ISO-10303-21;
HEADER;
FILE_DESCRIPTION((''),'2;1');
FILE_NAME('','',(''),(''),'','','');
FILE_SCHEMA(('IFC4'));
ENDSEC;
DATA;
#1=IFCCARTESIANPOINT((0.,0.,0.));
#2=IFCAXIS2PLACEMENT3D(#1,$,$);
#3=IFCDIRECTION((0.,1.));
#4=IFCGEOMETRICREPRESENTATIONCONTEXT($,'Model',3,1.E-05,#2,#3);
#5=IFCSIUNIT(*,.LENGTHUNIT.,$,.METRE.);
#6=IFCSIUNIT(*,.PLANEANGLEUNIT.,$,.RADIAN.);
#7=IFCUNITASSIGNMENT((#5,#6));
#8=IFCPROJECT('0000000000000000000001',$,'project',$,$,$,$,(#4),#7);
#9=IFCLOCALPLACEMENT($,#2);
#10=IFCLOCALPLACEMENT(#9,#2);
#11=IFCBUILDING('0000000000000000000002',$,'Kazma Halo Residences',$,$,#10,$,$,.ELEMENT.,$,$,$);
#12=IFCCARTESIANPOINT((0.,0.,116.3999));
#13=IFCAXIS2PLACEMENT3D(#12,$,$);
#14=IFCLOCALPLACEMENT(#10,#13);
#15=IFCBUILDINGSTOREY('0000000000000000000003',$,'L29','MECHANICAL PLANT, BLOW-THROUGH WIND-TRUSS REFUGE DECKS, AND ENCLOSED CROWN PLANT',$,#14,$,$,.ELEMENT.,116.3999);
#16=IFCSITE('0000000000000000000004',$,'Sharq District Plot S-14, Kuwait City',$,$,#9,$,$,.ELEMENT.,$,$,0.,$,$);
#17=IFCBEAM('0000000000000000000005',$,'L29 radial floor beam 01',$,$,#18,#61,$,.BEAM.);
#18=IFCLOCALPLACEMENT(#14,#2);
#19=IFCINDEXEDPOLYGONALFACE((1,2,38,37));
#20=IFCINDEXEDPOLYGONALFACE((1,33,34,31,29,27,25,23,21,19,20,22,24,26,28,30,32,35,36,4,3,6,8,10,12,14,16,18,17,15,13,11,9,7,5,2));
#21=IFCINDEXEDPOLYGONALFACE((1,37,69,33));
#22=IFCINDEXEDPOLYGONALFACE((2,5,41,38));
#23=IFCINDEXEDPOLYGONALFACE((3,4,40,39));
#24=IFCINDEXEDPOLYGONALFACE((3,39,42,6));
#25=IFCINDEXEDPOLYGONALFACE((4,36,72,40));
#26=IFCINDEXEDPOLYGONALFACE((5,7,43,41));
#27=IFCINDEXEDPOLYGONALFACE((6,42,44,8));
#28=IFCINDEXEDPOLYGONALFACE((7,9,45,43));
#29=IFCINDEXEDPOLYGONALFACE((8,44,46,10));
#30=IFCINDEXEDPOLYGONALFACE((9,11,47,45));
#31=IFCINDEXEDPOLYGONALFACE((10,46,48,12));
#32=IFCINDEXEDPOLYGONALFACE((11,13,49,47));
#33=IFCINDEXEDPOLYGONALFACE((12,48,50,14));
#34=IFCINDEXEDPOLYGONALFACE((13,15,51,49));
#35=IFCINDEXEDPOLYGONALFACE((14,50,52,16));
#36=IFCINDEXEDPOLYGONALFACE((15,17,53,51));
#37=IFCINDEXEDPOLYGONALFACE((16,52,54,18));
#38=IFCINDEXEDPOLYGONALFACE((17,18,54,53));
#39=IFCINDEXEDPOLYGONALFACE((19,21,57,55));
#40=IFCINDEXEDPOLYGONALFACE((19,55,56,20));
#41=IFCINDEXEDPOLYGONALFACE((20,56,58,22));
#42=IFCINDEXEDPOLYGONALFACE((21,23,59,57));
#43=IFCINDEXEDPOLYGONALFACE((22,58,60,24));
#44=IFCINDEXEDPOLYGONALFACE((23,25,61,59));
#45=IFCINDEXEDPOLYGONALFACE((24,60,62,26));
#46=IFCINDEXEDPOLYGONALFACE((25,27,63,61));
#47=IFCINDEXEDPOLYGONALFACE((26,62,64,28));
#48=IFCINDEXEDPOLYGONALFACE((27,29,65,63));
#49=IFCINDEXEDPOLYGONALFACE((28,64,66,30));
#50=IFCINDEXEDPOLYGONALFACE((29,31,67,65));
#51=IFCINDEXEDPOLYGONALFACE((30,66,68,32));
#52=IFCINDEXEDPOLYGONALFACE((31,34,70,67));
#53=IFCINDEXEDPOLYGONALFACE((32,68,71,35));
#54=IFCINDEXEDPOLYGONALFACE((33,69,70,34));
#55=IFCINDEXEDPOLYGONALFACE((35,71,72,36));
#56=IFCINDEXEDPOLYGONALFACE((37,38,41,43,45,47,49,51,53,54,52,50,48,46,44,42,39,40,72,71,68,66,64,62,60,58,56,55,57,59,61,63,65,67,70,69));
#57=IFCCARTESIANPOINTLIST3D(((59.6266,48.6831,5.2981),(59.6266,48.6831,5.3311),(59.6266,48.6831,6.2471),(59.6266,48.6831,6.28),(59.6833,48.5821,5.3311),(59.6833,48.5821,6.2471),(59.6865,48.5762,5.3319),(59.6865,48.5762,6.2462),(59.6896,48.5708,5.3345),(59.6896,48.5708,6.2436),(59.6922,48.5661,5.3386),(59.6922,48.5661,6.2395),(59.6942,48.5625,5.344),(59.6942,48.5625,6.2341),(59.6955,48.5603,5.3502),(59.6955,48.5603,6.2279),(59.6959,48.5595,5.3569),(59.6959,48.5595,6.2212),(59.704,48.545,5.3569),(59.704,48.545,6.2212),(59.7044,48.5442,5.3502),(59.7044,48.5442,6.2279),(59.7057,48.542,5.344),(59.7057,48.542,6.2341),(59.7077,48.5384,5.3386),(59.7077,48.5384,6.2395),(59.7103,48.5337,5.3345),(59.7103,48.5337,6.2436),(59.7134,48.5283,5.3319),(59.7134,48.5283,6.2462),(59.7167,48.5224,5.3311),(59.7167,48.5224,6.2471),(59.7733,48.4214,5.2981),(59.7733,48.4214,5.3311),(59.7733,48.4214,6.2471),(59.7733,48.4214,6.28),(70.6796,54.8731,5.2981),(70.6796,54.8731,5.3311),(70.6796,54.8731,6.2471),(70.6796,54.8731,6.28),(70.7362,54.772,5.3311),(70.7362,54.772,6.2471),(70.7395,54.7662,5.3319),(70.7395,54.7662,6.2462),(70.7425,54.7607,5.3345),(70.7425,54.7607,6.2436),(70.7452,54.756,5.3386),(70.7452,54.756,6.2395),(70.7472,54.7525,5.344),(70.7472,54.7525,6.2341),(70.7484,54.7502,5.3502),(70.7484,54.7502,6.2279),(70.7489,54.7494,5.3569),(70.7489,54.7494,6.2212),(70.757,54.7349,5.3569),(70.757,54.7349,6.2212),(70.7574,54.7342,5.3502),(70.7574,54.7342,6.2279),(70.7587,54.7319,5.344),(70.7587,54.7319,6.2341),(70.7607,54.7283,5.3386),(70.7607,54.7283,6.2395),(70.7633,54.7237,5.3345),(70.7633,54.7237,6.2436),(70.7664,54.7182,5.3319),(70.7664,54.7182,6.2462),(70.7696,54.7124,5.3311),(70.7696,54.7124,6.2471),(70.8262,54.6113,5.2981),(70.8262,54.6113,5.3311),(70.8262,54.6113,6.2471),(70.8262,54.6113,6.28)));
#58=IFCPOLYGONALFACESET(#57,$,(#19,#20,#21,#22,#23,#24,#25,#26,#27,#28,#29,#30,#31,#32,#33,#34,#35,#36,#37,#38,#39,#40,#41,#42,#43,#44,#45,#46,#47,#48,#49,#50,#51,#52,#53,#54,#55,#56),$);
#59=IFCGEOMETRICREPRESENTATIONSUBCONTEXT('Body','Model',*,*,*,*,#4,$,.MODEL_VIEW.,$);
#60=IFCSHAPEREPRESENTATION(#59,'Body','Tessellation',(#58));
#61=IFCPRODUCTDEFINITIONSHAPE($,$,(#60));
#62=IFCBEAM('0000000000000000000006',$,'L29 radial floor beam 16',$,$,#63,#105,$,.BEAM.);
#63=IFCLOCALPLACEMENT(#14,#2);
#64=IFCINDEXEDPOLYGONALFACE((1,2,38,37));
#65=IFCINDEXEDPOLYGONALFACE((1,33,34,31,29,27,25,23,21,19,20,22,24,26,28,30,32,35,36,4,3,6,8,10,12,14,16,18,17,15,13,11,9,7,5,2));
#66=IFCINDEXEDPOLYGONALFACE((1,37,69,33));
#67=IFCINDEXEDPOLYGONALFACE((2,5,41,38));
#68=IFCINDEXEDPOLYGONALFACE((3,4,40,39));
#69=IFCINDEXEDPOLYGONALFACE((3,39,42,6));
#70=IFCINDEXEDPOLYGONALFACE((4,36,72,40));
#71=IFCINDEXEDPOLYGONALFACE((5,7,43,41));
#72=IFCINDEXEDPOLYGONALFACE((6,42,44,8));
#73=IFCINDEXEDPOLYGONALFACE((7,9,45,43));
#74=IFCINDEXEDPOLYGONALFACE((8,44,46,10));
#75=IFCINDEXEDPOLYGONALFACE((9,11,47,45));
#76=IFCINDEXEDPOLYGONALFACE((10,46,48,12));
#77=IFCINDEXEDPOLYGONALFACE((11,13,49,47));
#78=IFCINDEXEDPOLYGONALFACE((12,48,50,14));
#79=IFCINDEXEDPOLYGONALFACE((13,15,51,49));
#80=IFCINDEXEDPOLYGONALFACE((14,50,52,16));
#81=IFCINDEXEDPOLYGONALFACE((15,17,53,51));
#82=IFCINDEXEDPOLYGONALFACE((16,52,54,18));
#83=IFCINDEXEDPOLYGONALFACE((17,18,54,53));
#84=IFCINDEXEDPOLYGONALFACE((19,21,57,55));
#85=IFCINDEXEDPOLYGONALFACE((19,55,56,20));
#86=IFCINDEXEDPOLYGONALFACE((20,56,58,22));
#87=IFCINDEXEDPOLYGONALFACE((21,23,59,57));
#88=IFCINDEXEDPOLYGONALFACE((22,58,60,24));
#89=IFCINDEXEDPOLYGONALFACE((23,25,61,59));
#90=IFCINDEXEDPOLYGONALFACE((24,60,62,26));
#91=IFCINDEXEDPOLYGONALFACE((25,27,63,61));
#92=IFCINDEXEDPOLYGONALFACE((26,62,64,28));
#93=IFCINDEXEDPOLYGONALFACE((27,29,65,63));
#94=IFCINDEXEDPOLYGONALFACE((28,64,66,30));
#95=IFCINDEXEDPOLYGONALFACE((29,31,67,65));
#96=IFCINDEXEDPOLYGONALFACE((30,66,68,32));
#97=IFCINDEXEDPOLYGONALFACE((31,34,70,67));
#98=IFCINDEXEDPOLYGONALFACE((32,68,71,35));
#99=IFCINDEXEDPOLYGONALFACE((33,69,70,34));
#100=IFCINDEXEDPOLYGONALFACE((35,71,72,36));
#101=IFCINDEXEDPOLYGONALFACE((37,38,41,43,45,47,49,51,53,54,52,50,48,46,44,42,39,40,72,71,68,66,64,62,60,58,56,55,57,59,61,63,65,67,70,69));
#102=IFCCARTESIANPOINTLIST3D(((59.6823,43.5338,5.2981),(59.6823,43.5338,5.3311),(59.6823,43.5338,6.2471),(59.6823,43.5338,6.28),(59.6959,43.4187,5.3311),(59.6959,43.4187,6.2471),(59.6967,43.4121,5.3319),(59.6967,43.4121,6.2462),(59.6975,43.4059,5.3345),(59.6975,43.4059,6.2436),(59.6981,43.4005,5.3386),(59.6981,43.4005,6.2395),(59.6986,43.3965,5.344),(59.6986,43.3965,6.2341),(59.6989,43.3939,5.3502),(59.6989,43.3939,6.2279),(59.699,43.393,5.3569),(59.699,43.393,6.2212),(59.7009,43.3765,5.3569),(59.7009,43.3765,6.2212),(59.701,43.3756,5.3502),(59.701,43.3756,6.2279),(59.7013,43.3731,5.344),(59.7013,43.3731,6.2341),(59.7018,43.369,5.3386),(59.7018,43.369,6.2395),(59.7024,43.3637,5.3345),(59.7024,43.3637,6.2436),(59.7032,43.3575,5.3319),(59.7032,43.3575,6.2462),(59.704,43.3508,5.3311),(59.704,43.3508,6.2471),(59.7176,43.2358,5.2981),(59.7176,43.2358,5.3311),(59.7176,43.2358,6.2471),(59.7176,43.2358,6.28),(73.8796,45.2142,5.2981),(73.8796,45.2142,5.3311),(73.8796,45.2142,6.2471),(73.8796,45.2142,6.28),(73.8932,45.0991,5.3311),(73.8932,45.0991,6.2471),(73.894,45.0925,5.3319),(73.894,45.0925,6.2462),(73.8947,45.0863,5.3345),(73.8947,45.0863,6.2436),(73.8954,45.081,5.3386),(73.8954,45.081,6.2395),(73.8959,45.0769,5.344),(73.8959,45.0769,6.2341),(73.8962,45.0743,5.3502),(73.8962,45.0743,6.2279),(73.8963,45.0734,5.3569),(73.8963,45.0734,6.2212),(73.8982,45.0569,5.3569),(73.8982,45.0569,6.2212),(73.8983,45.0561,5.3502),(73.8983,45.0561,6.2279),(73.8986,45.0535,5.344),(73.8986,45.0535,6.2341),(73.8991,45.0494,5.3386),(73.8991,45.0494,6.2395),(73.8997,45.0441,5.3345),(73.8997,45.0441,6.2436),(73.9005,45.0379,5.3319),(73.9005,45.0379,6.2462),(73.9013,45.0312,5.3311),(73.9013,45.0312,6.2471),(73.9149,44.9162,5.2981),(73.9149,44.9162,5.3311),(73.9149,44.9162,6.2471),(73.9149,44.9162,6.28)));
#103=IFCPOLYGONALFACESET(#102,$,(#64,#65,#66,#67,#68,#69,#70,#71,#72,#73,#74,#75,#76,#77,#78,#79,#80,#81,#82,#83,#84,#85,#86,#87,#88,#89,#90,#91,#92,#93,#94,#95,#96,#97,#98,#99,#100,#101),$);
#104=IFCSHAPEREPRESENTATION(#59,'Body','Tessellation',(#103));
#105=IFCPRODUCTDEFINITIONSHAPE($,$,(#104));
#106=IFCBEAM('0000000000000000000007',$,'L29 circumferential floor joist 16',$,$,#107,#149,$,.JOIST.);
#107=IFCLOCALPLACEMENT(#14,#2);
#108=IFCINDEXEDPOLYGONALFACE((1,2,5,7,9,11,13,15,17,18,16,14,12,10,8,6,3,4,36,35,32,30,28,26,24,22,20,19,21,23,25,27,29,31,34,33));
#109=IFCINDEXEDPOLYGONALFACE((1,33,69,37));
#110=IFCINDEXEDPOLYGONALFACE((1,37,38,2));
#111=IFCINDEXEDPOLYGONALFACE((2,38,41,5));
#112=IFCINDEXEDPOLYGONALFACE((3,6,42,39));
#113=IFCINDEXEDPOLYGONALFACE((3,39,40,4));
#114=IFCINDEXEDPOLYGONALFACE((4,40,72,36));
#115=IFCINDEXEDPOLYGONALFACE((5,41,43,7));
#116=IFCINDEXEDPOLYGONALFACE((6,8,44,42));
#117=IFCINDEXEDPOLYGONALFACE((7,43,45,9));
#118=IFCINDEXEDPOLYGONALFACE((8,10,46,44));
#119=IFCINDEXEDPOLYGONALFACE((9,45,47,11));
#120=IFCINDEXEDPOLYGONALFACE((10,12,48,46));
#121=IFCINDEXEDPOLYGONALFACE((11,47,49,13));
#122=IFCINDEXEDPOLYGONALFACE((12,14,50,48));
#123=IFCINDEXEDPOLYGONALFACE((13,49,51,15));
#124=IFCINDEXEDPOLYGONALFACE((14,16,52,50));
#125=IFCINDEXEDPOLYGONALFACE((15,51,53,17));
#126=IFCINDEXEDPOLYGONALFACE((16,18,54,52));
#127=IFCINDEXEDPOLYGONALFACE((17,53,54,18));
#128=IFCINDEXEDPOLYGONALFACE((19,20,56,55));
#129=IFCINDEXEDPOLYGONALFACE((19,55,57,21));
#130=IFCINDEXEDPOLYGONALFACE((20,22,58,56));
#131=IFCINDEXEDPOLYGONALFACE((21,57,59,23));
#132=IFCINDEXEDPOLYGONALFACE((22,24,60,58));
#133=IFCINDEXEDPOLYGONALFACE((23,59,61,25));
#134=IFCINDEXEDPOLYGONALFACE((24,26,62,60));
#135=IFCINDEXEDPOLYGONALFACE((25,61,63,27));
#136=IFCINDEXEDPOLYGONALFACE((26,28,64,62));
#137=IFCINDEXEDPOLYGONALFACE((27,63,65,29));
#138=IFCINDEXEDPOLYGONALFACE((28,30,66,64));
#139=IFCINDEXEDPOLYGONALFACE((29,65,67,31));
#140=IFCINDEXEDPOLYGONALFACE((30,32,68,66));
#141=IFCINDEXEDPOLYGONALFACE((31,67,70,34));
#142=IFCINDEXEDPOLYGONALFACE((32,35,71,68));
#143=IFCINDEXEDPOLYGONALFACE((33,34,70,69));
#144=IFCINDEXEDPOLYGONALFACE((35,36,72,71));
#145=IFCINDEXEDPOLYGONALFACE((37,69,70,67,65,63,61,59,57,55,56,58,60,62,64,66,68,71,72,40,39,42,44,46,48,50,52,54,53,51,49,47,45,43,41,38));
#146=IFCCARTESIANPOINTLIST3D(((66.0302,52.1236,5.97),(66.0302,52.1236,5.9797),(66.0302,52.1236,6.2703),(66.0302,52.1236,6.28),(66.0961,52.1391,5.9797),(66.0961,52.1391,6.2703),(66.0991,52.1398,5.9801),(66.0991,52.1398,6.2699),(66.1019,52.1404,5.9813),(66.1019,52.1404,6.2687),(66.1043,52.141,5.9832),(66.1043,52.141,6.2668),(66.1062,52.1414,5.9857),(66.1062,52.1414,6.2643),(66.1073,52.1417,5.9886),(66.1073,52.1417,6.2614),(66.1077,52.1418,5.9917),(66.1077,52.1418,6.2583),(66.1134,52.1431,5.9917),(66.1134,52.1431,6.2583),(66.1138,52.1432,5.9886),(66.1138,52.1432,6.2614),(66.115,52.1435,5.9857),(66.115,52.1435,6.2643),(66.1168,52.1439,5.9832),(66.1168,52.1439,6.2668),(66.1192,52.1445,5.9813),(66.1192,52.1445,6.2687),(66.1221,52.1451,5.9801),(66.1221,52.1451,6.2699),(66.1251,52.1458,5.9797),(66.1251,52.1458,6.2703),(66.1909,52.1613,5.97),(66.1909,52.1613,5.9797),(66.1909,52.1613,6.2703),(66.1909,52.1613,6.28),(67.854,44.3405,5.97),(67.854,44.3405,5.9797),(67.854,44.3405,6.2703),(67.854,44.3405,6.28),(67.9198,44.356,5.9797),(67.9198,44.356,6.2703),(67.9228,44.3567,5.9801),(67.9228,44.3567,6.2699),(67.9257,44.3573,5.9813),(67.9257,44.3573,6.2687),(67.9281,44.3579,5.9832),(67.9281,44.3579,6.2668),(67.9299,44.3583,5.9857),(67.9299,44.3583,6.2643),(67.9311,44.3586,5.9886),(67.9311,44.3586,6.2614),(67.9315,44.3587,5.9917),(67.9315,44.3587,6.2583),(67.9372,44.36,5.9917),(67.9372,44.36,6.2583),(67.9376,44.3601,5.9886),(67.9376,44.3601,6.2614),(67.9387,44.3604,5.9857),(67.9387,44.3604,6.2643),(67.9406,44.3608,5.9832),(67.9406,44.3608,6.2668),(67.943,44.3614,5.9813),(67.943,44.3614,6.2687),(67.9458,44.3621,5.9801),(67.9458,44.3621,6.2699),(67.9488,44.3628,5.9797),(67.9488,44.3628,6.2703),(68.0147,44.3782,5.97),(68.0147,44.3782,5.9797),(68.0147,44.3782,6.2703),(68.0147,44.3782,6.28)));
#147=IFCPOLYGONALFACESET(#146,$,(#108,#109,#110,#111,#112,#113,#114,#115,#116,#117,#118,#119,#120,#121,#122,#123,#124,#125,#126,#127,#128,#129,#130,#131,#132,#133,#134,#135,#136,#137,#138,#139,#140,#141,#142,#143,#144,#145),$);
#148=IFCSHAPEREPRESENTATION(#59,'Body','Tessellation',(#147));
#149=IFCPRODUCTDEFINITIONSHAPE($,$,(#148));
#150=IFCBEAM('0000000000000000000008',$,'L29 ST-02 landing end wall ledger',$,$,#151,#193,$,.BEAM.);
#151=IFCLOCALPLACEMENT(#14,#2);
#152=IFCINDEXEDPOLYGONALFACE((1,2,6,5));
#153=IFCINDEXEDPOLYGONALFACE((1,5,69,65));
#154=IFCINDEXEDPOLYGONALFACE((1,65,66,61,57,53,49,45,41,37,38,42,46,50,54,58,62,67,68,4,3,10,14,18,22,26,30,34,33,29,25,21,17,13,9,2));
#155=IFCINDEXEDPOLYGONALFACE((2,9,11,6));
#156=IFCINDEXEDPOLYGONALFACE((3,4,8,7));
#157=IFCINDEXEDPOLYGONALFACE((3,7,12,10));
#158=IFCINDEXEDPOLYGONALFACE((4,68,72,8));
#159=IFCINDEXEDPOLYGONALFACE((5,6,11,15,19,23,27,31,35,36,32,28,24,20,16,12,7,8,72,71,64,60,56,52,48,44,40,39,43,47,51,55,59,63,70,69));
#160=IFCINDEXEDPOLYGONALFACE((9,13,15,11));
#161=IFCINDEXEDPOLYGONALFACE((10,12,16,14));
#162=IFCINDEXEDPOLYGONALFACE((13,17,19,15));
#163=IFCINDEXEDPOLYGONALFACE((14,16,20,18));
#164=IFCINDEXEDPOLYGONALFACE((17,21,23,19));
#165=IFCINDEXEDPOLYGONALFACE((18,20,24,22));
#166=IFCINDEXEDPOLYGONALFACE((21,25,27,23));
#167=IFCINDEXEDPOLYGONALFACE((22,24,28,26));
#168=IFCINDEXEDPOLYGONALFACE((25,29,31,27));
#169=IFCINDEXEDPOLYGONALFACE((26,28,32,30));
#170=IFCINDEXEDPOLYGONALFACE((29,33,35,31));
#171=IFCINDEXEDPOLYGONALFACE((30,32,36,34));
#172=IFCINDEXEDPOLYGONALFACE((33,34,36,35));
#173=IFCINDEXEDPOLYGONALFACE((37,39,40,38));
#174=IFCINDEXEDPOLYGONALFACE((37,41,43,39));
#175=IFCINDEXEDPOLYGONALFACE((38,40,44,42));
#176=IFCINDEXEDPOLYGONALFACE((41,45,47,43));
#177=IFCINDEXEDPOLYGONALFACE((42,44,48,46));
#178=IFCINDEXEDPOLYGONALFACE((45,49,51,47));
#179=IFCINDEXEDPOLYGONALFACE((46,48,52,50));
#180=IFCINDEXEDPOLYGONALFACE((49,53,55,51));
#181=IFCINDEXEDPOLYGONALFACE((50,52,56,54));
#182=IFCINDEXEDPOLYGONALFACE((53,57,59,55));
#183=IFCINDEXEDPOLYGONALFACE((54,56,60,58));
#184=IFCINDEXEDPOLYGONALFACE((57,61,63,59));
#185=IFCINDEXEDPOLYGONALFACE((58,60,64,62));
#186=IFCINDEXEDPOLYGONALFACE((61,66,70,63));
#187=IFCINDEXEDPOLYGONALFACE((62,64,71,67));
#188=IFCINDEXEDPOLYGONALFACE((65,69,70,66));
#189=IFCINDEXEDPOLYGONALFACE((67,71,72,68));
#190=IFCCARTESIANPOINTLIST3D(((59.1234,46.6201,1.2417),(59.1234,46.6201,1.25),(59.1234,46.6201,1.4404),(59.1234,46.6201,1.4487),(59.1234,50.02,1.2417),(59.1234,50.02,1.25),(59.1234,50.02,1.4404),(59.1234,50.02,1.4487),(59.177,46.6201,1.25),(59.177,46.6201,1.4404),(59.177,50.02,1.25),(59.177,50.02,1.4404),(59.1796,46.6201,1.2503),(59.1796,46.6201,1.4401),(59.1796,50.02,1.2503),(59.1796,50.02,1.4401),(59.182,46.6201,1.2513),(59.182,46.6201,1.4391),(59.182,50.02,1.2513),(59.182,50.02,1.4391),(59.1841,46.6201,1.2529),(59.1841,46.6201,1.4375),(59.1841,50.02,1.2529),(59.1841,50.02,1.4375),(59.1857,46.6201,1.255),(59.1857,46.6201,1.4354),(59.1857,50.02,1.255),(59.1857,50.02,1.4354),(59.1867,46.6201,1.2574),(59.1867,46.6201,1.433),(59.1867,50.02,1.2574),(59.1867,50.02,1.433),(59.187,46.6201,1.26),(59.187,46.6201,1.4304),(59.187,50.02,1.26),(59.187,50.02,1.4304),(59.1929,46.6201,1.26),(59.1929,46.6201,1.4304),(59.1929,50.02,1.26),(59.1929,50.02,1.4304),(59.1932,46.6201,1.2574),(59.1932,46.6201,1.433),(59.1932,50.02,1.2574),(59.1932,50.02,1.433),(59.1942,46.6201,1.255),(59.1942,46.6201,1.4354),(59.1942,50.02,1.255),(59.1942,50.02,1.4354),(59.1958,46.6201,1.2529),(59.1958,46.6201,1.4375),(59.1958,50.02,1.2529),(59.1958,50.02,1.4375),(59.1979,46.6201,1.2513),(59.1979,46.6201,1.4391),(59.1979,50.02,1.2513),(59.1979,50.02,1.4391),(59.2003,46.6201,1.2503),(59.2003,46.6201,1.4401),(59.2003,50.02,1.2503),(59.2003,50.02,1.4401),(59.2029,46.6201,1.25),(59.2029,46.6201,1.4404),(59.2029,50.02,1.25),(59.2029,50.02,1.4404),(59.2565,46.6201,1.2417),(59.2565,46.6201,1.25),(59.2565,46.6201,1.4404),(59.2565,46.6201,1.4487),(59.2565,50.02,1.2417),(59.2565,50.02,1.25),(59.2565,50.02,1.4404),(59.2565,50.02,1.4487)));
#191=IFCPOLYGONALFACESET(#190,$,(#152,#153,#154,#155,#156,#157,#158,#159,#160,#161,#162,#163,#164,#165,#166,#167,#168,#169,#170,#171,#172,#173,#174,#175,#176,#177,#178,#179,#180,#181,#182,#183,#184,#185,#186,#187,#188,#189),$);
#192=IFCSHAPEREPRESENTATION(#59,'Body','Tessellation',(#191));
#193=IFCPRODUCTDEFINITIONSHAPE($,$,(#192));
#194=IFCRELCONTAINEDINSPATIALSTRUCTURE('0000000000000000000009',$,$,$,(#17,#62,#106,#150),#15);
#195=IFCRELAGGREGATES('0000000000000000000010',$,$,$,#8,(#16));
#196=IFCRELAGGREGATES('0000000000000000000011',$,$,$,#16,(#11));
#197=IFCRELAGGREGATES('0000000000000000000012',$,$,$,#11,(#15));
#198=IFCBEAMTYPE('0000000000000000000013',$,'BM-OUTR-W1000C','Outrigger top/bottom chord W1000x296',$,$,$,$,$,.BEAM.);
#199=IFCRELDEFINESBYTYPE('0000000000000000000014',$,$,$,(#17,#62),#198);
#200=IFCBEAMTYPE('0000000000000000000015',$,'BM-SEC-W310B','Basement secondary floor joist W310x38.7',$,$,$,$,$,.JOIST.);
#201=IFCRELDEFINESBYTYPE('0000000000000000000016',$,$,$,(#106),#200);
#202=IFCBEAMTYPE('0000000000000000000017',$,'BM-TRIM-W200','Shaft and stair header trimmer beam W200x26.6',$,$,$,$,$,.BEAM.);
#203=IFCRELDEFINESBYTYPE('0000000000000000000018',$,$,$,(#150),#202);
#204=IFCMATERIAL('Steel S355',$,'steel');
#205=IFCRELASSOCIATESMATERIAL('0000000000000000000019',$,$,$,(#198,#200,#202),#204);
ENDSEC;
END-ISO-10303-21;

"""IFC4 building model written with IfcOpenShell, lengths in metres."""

from ifc_helpers import new_model, si_unit, direction, frame, origin, origin_2d, place, context, subcontext, project, spatial, i_section, extrude, material, material_profile, profile_set, type_object, element, save


model = new_model("IFC4")

# Units and contexts
model_context = context("Model", 3, precision=1e-05, world=origin(), true_north=direction((0.0, 1.0)))
body_context = subcontext(model_context, "Body", "Model", "MODEL_VIEW")
ifc_project = project(units=[si_unit("LENGTHUNIT", "METRE"), si_unit("PLANEANGLEUNIT", "RADIAN")], contexts=[model_context])

# Site, building, storey
site_placement = place(None, origin())
site = spatial("IfcSite", under=ifc_project, at=site_placement, Name="Sharq District Plot S-14, Kuwait City", CompositionType="ELEMENT", RefElevation=0.0)
building_placement = place(site_placement, origin())
building = spatial("IfcBuilding", under=site, at=building_placement, Name="Kazma Halo Residences", CompositionType="ELEMENT")
storey_placement = place(building_placement, frame((0.0, 0.0, 116.3999)))
storey = spatial("IfcBuildingStorey", under=building, at=storey_placement, Name="L29", Description="MECHANICAL PLANT, BLOW-THROUGH WIND-TRUSS REFUGE DECKS, AND ENCLOSED CROWN PLANT", CompositionType="ELEMENT", Elevation=116.3999)

# Shared definitions
ifc_material_1 = material(Name="Steel S355", Category="steel")

# Beams
ifc_material_profile_1 = material_profile(ifc_material_1, i_section(OverallWidth=0.3, OverallDepth=0.9819, WebThickness=0.0166, FlangeThickness=0.033, FilletRadius=0.0259, at=origin_2d()), Name="W1000x296")
ifc_profile_set_1 = profile_set([ifc_material_profile_1], Name="Steel S355")
beam_type_1 = type_object("IfcBeamType", Name="BM-OUTR-W1000C", Description="Outrigger top/bottom chord W1000x296", PredefinedType="BEAM", material=ifc_profile_set_1)
beam_1_placement = place(storey_placement, frame((59.7, 48.5522, 5.7891), z_axis=(0.872497, 0.48862, 0.0), x_axis=(-0.48862, 0.872497, 0.0)))
element("IfcBeam", 1, at=beam_1_placement, inside=storey, type_object=beam_type_1, Name="L29 radial floor beam 01", PredefinedType="BEAM", context=body_context, shape_type="SweptSolid", body=[
    extrude(i_section(OverallWidth=0.3, OverallDepth=0.9819, WebThickness=0.0166, FlangeThickness=0.033, FilletRadius=0.0259, at=origin_2d()), origin(), (0.0, 0.0, 1.0), 12.6682),
])
beam_2_placement = place(storey_placement, frame((59.7, 43.3848, 5.7891), z_axis=(0.993068, 0.117542, 0.0), x_axis=(-0.117542, 0.993068, 0.0)))
element("IfcBeam", 2, at=beam_2_placement, inside=storey, type_object=beam_type_1, Name="L29 radial floor beam 16", PredefinedType="BEAM", context=body_context, shape_type="SweptSolid", body=[
    extrude(i_section(OverallWidth=0.3, OverallDepth=0.9819, WebThickness=0.0166, FlangeThickness=0.033, FilletRadius=0.0259, at=origin_2d()), origin(), (0.0, 0.0, 1.0), 14.2964),
])
ifc_material_profile_2 = material_profile(ifc_material_1, i_section(OverallWidth=0.165, OverallDepth=0.3101, WebThickness=0.0059, FlangeThickness=0.0098, FilletRadius=0.012, at=origin_2d()), Name="W310x38.7")
ifc_profile_set_2 = profile_set([ifc_material_profile_2], Name="Steel S355")
beam_type_2 = type_object("IfcBeamType", Name="BM-SEC-W310B", Description="Basement secondary floor joist W310x38.7", PredefinedType="JOIST", material=ifc_profile_set_2)
beam_3_placement = place(storey_placement, frame((67.9343, 44.3594, 6.125), z_axis=(-0.228144, 0.973627, 0.0), x_axis=(-0.973627, -0.228144, 0.0)))
element("IfcBeam", 3, at=beam_3_placement, inside=storey, type_object=beam_type_2, Name="L29 circumferential floor joist 16", PredefinedType="JOIST", context=body_context, shape_type="SweptSolid", body=[
    extrude(i_section(OverallWidth=0.165, OverallDepth=0.3101, WebThickness=0.0059, FlangeThickness=0.0098, FilletRadius=0.012, at=origin_2d()), origin(), (0.0, 0.0, 1.0), 7.9939),
])
ifc_material_profile_3 = material_profile(ifc_material_1, i_section(OverallWidth=0.1331, OverallDepth=0.207, WebThickness=0.0059, FlangeThickness=0.0083, FilletRadius=0.01, at=origin_2d()), Name="W200x26.6")
ifc_profile_set_3 = profile_set([ifc_material_profile_3], Name="Steel S355")
beam_type_3 = type_object("IfcBeamType", Name="BM-TRIM-W200", Description="Shaft and stair header trimmer beam W200x26.6", PredefinedType="BEAM", material=ifc_profile_set_3)
beam_4_placement = place(storey_placement, frame((59.1899, 46.6201, 1.3452), z_axis=(0.0, 1.0, 0.0), x_axis=(-1.0, 0.0, 0.0)))
element("IfcBeam", 4, at=beam_4_placement, inside=storey, type_object=beam_type_3, Name="L29 ST-02 landing end wall ledger", PredefinedType="BEAM", context=body_context, shape_type="SweptSolid", body=[
    extrude(i_section(OverallWidth=0.1331, OverallDepth=0.207, WebThickness=0.0059, FlangeThickness=0.0083, FilletRadius=0.01, at=origin_2d()), origin(), (0.0, 0.0, 1.0), 3.3999),
])

save(model, "model.ifc")
